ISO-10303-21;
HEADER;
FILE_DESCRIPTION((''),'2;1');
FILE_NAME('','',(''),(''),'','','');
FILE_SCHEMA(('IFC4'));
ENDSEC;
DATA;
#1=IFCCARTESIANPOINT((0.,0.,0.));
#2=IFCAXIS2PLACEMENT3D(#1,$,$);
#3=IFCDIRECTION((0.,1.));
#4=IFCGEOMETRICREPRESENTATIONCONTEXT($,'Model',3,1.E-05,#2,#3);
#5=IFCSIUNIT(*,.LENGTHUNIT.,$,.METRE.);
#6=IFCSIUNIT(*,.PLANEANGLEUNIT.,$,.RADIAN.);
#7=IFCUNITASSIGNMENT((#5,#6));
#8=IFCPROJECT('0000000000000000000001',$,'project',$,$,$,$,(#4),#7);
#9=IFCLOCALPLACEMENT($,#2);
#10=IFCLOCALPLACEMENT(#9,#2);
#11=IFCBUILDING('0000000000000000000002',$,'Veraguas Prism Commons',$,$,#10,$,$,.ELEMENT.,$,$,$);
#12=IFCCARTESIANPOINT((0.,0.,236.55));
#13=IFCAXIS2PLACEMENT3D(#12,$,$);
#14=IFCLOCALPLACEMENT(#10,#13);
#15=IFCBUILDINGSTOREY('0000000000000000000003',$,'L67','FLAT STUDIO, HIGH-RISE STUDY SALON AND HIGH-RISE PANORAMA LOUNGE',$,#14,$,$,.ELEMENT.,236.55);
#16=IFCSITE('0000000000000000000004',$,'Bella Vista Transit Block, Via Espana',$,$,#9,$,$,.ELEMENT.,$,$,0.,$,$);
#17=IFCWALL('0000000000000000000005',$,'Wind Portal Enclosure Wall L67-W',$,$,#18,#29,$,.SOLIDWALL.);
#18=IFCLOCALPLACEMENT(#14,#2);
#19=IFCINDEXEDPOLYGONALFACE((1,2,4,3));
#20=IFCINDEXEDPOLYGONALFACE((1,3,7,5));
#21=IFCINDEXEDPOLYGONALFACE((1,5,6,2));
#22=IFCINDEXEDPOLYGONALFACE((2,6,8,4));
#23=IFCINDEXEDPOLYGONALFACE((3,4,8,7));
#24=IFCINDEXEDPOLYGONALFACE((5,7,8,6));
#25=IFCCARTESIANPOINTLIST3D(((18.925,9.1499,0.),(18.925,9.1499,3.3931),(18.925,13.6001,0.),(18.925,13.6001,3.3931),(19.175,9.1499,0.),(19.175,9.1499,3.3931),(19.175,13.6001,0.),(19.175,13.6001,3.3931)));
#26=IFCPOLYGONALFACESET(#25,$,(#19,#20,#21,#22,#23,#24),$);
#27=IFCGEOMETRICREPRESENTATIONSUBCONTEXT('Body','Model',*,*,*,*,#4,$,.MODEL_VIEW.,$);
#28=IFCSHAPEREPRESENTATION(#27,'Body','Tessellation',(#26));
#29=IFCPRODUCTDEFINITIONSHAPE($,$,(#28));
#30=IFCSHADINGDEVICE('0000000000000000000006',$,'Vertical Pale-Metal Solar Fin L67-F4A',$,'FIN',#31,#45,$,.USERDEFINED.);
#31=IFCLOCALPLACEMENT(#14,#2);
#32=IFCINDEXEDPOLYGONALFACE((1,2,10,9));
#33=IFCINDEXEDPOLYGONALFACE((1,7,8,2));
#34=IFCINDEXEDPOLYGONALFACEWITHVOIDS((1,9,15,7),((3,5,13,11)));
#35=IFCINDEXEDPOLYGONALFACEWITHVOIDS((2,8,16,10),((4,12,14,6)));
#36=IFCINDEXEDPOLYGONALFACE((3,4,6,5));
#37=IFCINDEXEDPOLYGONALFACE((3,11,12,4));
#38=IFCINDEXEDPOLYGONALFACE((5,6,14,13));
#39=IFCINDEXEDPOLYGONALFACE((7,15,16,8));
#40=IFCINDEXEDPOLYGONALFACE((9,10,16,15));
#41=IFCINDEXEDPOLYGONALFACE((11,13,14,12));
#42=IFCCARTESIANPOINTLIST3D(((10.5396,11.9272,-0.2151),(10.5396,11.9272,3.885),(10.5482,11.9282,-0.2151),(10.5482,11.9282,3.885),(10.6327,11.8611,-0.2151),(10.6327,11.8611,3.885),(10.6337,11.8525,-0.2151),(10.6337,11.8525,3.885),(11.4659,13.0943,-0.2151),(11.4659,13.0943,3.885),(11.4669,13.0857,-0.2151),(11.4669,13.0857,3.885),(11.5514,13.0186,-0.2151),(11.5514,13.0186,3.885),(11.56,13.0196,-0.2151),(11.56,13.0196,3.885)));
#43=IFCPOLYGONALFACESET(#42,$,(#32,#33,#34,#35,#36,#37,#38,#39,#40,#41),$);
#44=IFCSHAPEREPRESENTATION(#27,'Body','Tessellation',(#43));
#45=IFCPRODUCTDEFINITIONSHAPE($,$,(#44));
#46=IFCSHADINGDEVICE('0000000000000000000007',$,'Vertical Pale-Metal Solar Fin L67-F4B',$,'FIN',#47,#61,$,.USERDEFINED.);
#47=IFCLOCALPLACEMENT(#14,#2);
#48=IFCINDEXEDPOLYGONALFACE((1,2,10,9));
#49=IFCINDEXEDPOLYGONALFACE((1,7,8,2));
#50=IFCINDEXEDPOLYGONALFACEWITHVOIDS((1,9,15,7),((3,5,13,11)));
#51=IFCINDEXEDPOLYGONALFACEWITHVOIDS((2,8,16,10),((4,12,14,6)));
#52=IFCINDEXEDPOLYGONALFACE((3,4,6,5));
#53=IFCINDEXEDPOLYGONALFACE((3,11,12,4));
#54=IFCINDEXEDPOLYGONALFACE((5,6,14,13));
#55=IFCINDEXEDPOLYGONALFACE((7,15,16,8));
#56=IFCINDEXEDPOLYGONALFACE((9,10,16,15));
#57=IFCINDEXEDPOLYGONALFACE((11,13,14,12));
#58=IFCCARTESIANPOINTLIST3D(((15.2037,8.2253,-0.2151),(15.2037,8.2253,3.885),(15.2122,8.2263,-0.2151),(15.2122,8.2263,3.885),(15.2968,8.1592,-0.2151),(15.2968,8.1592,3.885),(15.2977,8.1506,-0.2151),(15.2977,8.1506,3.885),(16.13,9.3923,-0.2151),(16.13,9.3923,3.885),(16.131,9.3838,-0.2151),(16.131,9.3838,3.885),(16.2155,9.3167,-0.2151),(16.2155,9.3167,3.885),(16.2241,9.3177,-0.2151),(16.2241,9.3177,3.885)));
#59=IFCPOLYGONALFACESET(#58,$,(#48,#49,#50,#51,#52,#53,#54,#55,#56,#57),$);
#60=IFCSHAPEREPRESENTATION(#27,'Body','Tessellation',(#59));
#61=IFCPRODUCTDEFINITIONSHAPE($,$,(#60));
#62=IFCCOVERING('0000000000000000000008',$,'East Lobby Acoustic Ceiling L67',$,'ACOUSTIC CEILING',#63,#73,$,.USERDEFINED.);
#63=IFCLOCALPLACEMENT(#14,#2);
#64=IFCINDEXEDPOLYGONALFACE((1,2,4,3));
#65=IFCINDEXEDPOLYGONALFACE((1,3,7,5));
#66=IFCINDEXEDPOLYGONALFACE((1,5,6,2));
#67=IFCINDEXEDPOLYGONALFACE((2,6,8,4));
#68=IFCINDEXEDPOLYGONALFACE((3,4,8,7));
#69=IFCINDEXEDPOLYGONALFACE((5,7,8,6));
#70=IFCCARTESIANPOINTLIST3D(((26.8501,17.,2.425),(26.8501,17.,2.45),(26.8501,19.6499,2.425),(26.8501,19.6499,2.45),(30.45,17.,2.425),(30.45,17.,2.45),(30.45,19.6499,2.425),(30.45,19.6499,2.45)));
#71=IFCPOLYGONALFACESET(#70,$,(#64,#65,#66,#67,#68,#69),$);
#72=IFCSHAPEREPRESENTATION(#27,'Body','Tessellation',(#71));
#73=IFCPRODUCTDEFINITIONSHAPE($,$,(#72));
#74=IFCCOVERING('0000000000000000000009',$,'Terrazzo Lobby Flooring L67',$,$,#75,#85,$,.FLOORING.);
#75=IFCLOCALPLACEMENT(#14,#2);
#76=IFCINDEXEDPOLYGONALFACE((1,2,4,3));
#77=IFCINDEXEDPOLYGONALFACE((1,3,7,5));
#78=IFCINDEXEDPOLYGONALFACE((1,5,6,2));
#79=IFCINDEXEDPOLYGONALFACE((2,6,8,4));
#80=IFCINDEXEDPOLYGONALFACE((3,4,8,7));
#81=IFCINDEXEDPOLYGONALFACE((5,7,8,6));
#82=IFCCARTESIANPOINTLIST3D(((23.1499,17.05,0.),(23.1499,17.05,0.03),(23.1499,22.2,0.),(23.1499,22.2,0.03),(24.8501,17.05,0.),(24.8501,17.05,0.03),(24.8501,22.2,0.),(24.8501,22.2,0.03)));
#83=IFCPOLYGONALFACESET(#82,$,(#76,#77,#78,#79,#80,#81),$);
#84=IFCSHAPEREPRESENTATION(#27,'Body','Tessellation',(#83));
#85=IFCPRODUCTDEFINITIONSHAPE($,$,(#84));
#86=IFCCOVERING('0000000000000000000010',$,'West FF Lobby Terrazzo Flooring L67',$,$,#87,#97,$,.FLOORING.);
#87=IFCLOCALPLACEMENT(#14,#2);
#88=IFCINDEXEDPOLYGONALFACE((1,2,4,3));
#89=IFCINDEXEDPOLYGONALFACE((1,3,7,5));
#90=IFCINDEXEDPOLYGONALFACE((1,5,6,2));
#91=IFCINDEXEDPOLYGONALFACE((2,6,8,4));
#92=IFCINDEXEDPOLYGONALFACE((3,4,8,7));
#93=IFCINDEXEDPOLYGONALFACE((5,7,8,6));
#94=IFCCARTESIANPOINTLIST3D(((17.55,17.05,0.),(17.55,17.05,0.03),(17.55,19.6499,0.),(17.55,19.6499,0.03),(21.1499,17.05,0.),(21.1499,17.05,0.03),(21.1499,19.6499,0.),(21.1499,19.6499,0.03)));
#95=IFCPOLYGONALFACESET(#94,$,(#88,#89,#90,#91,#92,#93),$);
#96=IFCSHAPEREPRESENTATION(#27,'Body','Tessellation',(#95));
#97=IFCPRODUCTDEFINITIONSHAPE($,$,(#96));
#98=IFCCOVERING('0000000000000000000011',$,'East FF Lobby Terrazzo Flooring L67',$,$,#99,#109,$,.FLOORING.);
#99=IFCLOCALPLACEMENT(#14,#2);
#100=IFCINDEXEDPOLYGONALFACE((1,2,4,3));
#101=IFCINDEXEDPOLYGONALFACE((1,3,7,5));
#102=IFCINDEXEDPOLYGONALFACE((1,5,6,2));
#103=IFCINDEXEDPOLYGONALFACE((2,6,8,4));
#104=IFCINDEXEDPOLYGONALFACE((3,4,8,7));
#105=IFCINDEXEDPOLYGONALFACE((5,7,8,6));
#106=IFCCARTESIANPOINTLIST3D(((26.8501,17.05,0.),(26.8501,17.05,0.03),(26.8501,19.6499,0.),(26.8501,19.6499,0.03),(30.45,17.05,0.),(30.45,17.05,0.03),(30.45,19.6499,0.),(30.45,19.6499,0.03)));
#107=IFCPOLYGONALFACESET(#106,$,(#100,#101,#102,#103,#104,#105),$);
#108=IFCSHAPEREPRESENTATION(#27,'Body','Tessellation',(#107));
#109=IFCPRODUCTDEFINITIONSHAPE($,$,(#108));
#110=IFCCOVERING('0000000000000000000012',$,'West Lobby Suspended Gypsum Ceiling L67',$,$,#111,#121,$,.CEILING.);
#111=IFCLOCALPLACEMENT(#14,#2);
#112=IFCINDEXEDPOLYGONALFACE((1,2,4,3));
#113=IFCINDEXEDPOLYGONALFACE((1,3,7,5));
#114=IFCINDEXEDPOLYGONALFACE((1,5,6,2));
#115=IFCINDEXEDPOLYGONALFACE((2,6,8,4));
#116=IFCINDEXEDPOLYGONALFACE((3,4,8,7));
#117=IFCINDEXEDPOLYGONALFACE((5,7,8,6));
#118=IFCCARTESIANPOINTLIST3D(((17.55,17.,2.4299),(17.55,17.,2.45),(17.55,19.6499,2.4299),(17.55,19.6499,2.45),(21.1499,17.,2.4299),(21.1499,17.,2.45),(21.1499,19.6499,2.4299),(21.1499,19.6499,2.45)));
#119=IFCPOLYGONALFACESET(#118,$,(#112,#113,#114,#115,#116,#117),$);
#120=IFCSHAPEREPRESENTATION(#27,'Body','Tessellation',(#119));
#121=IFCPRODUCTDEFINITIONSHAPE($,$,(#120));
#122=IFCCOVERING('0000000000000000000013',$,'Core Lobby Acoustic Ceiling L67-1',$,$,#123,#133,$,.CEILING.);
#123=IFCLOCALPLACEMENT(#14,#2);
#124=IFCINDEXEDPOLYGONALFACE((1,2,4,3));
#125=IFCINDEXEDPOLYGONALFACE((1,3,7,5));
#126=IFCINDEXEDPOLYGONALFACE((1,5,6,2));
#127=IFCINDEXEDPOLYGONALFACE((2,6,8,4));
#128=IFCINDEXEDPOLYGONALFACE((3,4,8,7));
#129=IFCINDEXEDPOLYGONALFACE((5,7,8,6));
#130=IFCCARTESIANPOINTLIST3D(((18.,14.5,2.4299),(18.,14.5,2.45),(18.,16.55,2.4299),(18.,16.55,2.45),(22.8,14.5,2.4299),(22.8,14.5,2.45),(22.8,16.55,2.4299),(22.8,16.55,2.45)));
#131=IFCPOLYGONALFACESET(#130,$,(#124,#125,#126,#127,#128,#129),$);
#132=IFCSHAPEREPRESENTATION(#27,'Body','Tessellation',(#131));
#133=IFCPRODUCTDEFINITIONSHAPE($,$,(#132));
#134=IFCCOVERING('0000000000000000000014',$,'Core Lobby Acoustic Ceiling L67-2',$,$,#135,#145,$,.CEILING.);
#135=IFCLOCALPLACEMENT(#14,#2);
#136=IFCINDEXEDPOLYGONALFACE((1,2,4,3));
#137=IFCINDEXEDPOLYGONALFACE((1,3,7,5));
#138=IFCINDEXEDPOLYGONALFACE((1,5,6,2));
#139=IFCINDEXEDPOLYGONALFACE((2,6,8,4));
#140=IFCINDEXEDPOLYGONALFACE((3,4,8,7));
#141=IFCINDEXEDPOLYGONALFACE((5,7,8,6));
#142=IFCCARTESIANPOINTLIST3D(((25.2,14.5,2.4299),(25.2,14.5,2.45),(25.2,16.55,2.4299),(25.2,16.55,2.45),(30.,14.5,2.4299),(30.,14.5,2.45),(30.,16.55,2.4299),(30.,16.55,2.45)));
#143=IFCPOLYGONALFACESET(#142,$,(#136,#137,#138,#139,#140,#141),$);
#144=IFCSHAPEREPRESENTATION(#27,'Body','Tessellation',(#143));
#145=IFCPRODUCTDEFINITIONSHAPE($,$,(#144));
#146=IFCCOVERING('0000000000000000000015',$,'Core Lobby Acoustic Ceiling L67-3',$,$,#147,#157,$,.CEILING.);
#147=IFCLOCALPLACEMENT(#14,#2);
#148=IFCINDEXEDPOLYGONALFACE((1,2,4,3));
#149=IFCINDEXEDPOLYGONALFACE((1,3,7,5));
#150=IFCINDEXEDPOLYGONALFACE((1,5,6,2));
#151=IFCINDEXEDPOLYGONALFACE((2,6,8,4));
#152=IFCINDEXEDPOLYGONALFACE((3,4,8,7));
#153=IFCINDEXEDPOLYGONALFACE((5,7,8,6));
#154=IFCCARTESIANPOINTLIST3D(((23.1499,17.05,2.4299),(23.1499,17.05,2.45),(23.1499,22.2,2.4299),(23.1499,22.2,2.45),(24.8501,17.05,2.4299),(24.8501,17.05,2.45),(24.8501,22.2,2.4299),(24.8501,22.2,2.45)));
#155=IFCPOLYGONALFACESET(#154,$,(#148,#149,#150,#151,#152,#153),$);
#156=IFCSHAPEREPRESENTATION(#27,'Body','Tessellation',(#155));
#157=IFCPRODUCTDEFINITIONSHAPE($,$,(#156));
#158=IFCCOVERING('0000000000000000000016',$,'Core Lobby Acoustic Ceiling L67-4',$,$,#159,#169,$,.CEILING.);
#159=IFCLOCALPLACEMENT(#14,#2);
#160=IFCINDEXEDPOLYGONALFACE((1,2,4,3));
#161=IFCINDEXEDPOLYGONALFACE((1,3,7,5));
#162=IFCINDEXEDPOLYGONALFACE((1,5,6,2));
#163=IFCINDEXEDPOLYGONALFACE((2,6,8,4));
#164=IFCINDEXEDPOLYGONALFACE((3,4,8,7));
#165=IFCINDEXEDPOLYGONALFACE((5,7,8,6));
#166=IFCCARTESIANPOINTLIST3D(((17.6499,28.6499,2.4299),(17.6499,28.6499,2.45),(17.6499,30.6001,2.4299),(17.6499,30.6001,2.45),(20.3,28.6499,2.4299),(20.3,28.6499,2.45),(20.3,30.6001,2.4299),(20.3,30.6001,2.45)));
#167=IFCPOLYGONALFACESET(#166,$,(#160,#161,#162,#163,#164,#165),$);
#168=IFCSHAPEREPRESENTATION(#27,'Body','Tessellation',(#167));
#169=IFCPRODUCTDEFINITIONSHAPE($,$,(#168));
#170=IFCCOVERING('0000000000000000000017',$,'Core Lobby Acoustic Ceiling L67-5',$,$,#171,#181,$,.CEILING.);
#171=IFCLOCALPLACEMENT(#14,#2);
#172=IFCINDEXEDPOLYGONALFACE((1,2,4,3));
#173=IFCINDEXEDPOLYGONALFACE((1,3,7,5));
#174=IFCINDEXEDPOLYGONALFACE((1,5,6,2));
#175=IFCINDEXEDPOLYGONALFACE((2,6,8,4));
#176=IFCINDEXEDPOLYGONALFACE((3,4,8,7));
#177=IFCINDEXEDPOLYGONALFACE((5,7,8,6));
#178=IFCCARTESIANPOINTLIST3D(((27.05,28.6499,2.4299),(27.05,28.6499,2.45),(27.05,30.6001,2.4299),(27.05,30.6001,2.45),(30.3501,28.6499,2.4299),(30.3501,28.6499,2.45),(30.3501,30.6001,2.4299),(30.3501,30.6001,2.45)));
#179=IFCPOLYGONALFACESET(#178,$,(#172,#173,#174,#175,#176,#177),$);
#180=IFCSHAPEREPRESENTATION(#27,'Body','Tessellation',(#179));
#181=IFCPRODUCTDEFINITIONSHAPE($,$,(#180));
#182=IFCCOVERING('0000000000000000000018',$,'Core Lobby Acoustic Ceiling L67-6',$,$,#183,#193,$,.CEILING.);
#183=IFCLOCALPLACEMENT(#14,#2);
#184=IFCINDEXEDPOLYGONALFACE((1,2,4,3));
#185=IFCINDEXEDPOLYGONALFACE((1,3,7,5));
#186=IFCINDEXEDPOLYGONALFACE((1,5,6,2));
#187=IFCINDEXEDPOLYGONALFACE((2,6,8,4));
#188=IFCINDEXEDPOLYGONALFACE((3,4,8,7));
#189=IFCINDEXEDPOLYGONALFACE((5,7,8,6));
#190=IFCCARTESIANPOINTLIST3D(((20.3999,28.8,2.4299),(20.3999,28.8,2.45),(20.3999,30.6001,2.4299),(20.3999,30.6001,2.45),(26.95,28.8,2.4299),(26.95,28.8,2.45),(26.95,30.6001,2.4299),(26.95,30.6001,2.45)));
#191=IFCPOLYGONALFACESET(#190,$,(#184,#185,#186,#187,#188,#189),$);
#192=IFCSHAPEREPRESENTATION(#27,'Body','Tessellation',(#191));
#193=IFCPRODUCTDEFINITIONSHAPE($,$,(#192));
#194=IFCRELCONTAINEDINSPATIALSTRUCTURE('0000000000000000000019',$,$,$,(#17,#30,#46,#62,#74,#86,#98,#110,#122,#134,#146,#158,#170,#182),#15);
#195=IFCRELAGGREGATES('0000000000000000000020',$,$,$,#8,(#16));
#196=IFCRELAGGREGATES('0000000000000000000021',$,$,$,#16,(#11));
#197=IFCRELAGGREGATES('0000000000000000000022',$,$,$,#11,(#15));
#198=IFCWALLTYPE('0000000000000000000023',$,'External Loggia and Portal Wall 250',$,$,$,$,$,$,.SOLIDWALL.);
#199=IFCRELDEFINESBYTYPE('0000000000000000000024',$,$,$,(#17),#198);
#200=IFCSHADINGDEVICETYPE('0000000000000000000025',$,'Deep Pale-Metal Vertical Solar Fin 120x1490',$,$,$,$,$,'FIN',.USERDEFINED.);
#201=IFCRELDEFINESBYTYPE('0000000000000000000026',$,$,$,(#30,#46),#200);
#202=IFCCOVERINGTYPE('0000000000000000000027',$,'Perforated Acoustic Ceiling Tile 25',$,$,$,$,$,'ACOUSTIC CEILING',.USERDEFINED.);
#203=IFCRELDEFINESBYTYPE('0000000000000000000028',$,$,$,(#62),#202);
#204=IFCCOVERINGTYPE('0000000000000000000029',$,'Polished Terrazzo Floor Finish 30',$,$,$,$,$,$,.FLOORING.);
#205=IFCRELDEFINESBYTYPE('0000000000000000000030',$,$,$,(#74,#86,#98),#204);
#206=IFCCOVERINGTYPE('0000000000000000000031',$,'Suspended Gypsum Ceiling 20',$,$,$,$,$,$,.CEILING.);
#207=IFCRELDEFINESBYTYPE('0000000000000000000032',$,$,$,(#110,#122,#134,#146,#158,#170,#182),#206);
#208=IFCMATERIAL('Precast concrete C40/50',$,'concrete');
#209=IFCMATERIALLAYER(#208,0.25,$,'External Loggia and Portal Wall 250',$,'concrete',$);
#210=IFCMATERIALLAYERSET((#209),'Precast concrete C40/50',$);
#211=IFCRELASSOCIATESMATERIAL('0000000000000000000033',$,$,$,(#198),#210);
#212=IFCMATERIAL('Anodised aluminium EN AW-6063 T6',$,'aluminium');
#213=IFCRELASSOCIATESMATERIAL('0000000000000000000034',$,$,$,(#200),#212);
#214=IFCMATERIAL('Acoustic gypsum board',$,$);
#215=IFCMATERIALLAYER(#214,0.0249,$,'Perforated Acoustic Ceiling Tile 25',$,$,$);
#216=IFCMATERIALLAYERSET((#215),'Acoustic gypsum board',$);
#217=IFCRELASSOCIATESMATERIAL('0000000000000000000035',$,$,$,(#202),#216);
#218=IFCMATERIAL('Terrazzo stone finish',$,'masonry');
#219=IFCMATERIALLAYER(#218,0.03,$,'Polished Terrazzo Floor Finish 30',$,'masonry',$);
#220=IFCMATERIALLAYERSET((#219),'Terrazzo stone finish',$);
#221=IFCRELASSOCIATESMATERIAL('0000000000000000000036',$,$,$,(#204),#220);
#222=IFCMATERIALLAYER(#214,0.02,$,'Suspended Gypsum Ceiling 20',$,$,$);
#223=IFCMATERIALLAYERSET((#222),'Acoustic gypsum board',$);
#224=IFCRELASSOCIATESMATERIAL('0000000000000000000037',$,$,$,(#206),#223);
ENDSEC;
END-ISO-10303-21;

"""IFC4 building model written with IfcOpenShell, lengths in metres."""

from ifc_helpers import new_model, si_unit, direction, frame, frame_2d, origin, origin_2d, place, context, subcontext, project, spatial, polyline, rectangle, hollow_rectangle, outline, extrude, material, layer, layer_set, material_profile, profile_set, type_object, element, save


model = new_model("IFC4")

# Units and contexts
model_context = context("Model", 3, precision=1e-05, world=origin(), true_north=direction((0.0, 1.0)))
body_context = subcontext(model_context, "Body", "Model", "MODEL_VIEW")
ifc_project = project(units=[si_unit("LENGTHUNIT", "METRE"), si_unit("PLANEANGLEUNIT", "RADIAN")], contexts=[model_context])

# Site, building, storey
site_placement = place(None, origin())
site = spatial("IfcSite", under=ifc_project, at=site_placement, Name="Bella Vista Transit Block, Via Espana", CompositionType="ELEMENT", RefElevation=0.0)
building_placement = place(site_placement, origin())
building = spatial("IfcBuilding", under=site, at=building_placement, Name="Veraguas Prism Commons", CompositionType="ELEMENT")
storey_placement = place(building_placement, frame((0.0, 0.0, 236.55)))
storey = spatial("IfcBuildingStorey", under=building, at=storey_placement, Name="L67", Description="FLAT STUDIO, HIGH-RISE STUDY SALON AND HIGH-RISE PANORAMA LOUNGE", CompositionType="ELEMENT", Elevation=236.55)

# Shared definitions
ifc_material_1 = material(Name="Anodised aluminium EN AW-6063 T6", Category="aluminium")

# Wall
ifc_material_2 = material(Name="Precast concrete C40/50", Category="concrete")
ifc_layer_1 = layer(ifc_material_2, 0.25, Name="External Loggia and Portal Wall 250", Category="concrete")
ifc_layer_set_1 = layer_set([ifc_layer_1], Name="Precast concrete C40/50")
wall_type = type_object("IfcWallType", Name="External Loggia and Portal Wall 250", PredefinedType="SOLIDWALL", material=ifc_layer_set_1)
wall_placement = place(storey_placement, frame((19.05, 9.1499, 0.0), z_axis=(0.0, 0.0, 1.0), x_axis=(0.0, 1.0, 0.0)))
element("IfcWall", 1, at=wall_placement, inside=storey, type_object=wall_type, Name="Wind Portal Enclosure Wall L67-W", PredefinedType="SOLIDWALL", context=body_context, shape_type="SweptSolid", body=[
    extrude(rectangle(XDim=4.4502, YDim=0.25, at=frame_2d((2.2251, 0.0))), origin(), (0.0, 0.0, 1.0), 3.3931),
])

# Shading devices
ifc_material_profile_1 = material_profile(ifc_material_1, hollow_rectangle(XDim=0.1201, YDim=1.49, WallThickness=0.0061, at=origin_2d()), Name="FIN120X1490X6")
ifc_profile_set_1 = profile_set([ifc_material_profile_1], Name="Anodised aluminium EN AW-6063 T6")
shading_device_type = type_object("IfcShadingDeviceType", Name="Deep Pale-Metal Vertical Solar Fin 120x1490", ElementType="FIN", PredefinedType="USERDEFINED", material=ifc_profile_set_1)
for number, where, z_axis, x_axis, name in (
    (2, (11.0498, 12.4734, -0.2151), (0.0, 0.0, 1.0), (0.78326, -0.621695, 0.0), "Vertical Pale-Metal Solar Fin L67-F4A"),
    (3, (15.7139, 8.7715, -0.2151), (0.0, 0.0, 1.0), (0.78326, -0.621695, 0.0), "Vertical Pale-Metal Solar Fin L67-F4B"),
):
    element("IfcShadingDevice", number, at=place(storey_placement, frame(where, z_axis=z_axis, x_axis=x_axis)), inside=storey, type_object=shading_device_type, Name=name, ObjectType="FIN", PredefinedType="USERDEFINED", context=body_context, shape_type="SweptSolid", body=[
        extrude(hollow_rectangle(XDim=0.1201, YDim=1.49, WallThickness=0.0061, at=origin_2d()), origin(), (0.0, 0.0, 1.0), 4.1001),
    ])

# Coverings
ifc_material_3 = material(Name="Acoustic gypsum board")
ifc_layer_2 = layer(ifc_material_3, 0.0249, Name="Perforated Acoustic Ceiling Tile 25")
ifc_layer_set_2 = layer_set([ifc_layer_2], Name="Acoustic gypsum board")
covering_type_1 = type_object("IfcCoveringType", Name="Perforated Acoustic Ceiling Tile 25", ElementType="ACOUSTIC CEILING", PredefinedType="USERDEFINED", material=ifc_layer_set_2)
covering_1_placement = place(storey_placement, frame((0.0, 0.0, 2.425)))
element("IfcCovering", 4, at=covering_1_placement, inside=storey, type_object=covering_type_1, Name="East Lobby Acoustic Ceiling L67", ObjectType="ACOUSTIC CEILING", PredefinedType="USERDEFINED", context=body_context, shape_type="SweptSolid", body=[
    extrude(outline(polyline([(26.8501, 17.0), (30.45, 17.0), (30.45, 19.6499), (26.8501, 19.6499), (26.8501, 17.0)])), origin(), (0.0, 0.0, 1.0), 0.0249),
])
ifc_material_4 = material(Name="Terrazzo stone finish", Category="masonry")
ifc_layer_3 = layer(ifc_material_4, 0.03, Name="Polished Terrazzo Floor Finish 30", Category="masonry")
ifc_layer_set_3 = layer_set([ifc_layer_3], Name="Terrazzo stone finish")
covering_type_2 = type_object("IfcCoveringType", Name="Polished Terrazzo Floor Finish 30", PredefinedType="FLOORING", material=ifc_layer_set_3)
covering_2_placement = place(storey_placement, origin())
element("IfcCovering", 5, at=covering_2_placement, inside=storey, type_object=covering_type_2, Name="Terrazzo Lobby Flooring L67", PredefinedType="FLOORING", context=body_context, shape_type="SweptSolid", body=[
    extrude(outline(polyline([(23.1499, 17.05), (24.8501, 17.05), (24.8501, 22.2), (23.1499, 22.2), (23.1499, 17.05)])), origin(), (0.0, 0.0, 1.0), 0.03),
])
covering_3_placement = place(storey_placement, origin())
element("IfcCovering", 6, at=covering_3_placement, inside=storey, type_object=covering_type_2, Name="West FF Lobby Terrazzo Flooring L67", PredefinedType="FLOORING", context=body_context, shape_type="SweptSolid", body=[
    extrude(outline(polyline([(17.55, 17.05), (21.1499, 17.05), (21.1499, 19.6499), (17.55, 19.6499), (17.55, 17.05)])), origin(), (0.0, 0.0, 1.0), 0.03),
])
covering_4_placement = place(storey_placement, origin())
element("IfcCovering", 7, at=covering_4_placement, inside=storey, type_object=covering_type_2, Name="East FF Lobby Terrazzo Flooring L67", PredefinedType="FLOORING", context=body_context, shape_type="SweptSolid", body=[
    extrude(outline(polyline([(26.8501, 17.05), (30.45, 17.05), (30.45, 19.6499), (26.8501, 19.6499), (26.8501, 17.05)])), origin(), (0.0, 0.0, 1.0), 0.03),
])

# Coverings
ifc_layer_4 = layer(ifc_material_3, 0.02, Name="Suspended Gypsum Ceiling 20")
ifc_layer_set_4 = layer_set([ifc_layer_4], Name="Acoustic gypsum board")
covering_type_3 = type_object("IfcCoveringType", Name="Suspended Gypsum Ceiling 20", PredefinedType="CEILING", material=ifc_layer_set_4)
covering_5_placement = place(storey_placement, frame((0.0, 0.0, 2.4299)))
element("IfcCovering", 8, at=covering_5_placement, inside=storey, type_object=covering_type_3, Name="West Lobby Suspended Gypsum Ceiling L67", PredefinedType="CEILING", context=body_context, shape_type="SweptSolid", body=[
    extrude(outline(polyline([(17.55, 17.0), (21.1499, 17.0), (21.1499, 19.6499), (17.55, 19.6499), (17.55, 17.0)])), origin(), (0.0, 0.0, 1.0), 0.02),
])
covering_6_placement = place(storey_placement, frame((0.0, 0.0, 2.4299)))
element("IfcCovering", 9, at=covering_6_placement, inside=storey, type_object=covering_type_3, Name="Core Lobby Acoustic Ceiling L67-1", PredefinedType="CEILING", context=body_context, shape_type="SweptSolid", body=[
    extrude(outline(polyline([(18.0, 14.5), (22.8, 14.5), (22.8, 16.55), (18.0, 16.55), (18.0, 14.5)])), origin(), (0.0, 0.0, 1.0), 0.02),
])
covering_7_placement = place(storey_placement, frame((0.0, 0.0, 2.4299)))
element("IfcCovering", 10, at=covering_7_placement, inside=storey, type_object=covering_type_3, Name="Core Lobby Acoustic Ceiling L67-2", PredefinedType="CEILING", context=body_context, shape_type="SweptSolid", body=[
    extrude(outline(polyline([(25.2, 14.5), (30.0, 14.5), (30.0, 16.55), (25.2, 16.55), (25.2, 14.5)])), origin(), (0.0, 0.0, 1.0), 0.02),
])
covering_8_placement = place(storey_placement, frame((0.0, 0.0, 2.4299)))
element("IfcCovering", 11, at=covering_8_placement, inside=storey, type_object=covering_type_3, Name="Core Lobby Acoustic Ceiling L67-3", PredefinedType="CEILING", context=body_context, shape_type="SweptSolid", body=[
    extrude(outline(polyline([(23.1499, 17.05), (24.8501, 17.05), (24.8501, 22.2), (23.1499, 22.2), (23.1499, 17.05)])), origin(), (0.0, 0.0, 1.0), 0.02),
])
covering_9_placement = place(storey_placement, frame((0.0, 0.0, 2.4299)))
element("IfcCovering", 12, at=covering_9_placement, inside=storey, type_object=covering_type_3, Name="Core Lobby Acoustic Ceiling L67-4", PredefinedType="CEILING", context=body_context, shape_type="SweptSolid", body=[
    extrude(outline(polyline([(17.6499, 28.6499), (20.3, 28.6499), (20.3, 30.6001), (17.6499, 30.6001), (17.6499, 28.6499)])), origin(), (0.0, 0.0, 1.0), 0.02),
])
covering_10_placement = place(storey_placement, frame((0.0, 0.0, 2.4299)))
element("IfcCovering", 13, at=covering_10_placement, inside=storey, type_object=covering_type_3, Name="Core Lobby Acoustic Ceiling L67-5", PredefinedType="CEILING", context=body_context, shape_type="SweptSolid", body=[
    extrude(outline(polyline([(27.05, 28.6499), (30.3501, 28.6499), (30.3501, 30.6001), (27.05, 30.6001), (27.05, 28.6499)])), origin(), (0.0, 0.0, 1.0), 0.02),
])
covering_11_placement = place(storey_placement, frame((0.0, 0.0, 2.4299)))
element("IfcCovering", 14, at=covering_11_placement, inside=storey, type_object=covering_type_3, Name="Core Lobby Acoustic Ceiling L67-6", PredefinedType="CEILING", context=body_context, shape_type="SweptSolid", body=[
    extrude(outline(polyline([(20.3999, 28.8), (26.95, 28.8), (26.95, 30.6001), (20.3999, 30.6001), (20.3999, 28.8)])), origin(), (0.0, 0.0, 1.0), 0.02),
])

save(model, "model.ifc")
